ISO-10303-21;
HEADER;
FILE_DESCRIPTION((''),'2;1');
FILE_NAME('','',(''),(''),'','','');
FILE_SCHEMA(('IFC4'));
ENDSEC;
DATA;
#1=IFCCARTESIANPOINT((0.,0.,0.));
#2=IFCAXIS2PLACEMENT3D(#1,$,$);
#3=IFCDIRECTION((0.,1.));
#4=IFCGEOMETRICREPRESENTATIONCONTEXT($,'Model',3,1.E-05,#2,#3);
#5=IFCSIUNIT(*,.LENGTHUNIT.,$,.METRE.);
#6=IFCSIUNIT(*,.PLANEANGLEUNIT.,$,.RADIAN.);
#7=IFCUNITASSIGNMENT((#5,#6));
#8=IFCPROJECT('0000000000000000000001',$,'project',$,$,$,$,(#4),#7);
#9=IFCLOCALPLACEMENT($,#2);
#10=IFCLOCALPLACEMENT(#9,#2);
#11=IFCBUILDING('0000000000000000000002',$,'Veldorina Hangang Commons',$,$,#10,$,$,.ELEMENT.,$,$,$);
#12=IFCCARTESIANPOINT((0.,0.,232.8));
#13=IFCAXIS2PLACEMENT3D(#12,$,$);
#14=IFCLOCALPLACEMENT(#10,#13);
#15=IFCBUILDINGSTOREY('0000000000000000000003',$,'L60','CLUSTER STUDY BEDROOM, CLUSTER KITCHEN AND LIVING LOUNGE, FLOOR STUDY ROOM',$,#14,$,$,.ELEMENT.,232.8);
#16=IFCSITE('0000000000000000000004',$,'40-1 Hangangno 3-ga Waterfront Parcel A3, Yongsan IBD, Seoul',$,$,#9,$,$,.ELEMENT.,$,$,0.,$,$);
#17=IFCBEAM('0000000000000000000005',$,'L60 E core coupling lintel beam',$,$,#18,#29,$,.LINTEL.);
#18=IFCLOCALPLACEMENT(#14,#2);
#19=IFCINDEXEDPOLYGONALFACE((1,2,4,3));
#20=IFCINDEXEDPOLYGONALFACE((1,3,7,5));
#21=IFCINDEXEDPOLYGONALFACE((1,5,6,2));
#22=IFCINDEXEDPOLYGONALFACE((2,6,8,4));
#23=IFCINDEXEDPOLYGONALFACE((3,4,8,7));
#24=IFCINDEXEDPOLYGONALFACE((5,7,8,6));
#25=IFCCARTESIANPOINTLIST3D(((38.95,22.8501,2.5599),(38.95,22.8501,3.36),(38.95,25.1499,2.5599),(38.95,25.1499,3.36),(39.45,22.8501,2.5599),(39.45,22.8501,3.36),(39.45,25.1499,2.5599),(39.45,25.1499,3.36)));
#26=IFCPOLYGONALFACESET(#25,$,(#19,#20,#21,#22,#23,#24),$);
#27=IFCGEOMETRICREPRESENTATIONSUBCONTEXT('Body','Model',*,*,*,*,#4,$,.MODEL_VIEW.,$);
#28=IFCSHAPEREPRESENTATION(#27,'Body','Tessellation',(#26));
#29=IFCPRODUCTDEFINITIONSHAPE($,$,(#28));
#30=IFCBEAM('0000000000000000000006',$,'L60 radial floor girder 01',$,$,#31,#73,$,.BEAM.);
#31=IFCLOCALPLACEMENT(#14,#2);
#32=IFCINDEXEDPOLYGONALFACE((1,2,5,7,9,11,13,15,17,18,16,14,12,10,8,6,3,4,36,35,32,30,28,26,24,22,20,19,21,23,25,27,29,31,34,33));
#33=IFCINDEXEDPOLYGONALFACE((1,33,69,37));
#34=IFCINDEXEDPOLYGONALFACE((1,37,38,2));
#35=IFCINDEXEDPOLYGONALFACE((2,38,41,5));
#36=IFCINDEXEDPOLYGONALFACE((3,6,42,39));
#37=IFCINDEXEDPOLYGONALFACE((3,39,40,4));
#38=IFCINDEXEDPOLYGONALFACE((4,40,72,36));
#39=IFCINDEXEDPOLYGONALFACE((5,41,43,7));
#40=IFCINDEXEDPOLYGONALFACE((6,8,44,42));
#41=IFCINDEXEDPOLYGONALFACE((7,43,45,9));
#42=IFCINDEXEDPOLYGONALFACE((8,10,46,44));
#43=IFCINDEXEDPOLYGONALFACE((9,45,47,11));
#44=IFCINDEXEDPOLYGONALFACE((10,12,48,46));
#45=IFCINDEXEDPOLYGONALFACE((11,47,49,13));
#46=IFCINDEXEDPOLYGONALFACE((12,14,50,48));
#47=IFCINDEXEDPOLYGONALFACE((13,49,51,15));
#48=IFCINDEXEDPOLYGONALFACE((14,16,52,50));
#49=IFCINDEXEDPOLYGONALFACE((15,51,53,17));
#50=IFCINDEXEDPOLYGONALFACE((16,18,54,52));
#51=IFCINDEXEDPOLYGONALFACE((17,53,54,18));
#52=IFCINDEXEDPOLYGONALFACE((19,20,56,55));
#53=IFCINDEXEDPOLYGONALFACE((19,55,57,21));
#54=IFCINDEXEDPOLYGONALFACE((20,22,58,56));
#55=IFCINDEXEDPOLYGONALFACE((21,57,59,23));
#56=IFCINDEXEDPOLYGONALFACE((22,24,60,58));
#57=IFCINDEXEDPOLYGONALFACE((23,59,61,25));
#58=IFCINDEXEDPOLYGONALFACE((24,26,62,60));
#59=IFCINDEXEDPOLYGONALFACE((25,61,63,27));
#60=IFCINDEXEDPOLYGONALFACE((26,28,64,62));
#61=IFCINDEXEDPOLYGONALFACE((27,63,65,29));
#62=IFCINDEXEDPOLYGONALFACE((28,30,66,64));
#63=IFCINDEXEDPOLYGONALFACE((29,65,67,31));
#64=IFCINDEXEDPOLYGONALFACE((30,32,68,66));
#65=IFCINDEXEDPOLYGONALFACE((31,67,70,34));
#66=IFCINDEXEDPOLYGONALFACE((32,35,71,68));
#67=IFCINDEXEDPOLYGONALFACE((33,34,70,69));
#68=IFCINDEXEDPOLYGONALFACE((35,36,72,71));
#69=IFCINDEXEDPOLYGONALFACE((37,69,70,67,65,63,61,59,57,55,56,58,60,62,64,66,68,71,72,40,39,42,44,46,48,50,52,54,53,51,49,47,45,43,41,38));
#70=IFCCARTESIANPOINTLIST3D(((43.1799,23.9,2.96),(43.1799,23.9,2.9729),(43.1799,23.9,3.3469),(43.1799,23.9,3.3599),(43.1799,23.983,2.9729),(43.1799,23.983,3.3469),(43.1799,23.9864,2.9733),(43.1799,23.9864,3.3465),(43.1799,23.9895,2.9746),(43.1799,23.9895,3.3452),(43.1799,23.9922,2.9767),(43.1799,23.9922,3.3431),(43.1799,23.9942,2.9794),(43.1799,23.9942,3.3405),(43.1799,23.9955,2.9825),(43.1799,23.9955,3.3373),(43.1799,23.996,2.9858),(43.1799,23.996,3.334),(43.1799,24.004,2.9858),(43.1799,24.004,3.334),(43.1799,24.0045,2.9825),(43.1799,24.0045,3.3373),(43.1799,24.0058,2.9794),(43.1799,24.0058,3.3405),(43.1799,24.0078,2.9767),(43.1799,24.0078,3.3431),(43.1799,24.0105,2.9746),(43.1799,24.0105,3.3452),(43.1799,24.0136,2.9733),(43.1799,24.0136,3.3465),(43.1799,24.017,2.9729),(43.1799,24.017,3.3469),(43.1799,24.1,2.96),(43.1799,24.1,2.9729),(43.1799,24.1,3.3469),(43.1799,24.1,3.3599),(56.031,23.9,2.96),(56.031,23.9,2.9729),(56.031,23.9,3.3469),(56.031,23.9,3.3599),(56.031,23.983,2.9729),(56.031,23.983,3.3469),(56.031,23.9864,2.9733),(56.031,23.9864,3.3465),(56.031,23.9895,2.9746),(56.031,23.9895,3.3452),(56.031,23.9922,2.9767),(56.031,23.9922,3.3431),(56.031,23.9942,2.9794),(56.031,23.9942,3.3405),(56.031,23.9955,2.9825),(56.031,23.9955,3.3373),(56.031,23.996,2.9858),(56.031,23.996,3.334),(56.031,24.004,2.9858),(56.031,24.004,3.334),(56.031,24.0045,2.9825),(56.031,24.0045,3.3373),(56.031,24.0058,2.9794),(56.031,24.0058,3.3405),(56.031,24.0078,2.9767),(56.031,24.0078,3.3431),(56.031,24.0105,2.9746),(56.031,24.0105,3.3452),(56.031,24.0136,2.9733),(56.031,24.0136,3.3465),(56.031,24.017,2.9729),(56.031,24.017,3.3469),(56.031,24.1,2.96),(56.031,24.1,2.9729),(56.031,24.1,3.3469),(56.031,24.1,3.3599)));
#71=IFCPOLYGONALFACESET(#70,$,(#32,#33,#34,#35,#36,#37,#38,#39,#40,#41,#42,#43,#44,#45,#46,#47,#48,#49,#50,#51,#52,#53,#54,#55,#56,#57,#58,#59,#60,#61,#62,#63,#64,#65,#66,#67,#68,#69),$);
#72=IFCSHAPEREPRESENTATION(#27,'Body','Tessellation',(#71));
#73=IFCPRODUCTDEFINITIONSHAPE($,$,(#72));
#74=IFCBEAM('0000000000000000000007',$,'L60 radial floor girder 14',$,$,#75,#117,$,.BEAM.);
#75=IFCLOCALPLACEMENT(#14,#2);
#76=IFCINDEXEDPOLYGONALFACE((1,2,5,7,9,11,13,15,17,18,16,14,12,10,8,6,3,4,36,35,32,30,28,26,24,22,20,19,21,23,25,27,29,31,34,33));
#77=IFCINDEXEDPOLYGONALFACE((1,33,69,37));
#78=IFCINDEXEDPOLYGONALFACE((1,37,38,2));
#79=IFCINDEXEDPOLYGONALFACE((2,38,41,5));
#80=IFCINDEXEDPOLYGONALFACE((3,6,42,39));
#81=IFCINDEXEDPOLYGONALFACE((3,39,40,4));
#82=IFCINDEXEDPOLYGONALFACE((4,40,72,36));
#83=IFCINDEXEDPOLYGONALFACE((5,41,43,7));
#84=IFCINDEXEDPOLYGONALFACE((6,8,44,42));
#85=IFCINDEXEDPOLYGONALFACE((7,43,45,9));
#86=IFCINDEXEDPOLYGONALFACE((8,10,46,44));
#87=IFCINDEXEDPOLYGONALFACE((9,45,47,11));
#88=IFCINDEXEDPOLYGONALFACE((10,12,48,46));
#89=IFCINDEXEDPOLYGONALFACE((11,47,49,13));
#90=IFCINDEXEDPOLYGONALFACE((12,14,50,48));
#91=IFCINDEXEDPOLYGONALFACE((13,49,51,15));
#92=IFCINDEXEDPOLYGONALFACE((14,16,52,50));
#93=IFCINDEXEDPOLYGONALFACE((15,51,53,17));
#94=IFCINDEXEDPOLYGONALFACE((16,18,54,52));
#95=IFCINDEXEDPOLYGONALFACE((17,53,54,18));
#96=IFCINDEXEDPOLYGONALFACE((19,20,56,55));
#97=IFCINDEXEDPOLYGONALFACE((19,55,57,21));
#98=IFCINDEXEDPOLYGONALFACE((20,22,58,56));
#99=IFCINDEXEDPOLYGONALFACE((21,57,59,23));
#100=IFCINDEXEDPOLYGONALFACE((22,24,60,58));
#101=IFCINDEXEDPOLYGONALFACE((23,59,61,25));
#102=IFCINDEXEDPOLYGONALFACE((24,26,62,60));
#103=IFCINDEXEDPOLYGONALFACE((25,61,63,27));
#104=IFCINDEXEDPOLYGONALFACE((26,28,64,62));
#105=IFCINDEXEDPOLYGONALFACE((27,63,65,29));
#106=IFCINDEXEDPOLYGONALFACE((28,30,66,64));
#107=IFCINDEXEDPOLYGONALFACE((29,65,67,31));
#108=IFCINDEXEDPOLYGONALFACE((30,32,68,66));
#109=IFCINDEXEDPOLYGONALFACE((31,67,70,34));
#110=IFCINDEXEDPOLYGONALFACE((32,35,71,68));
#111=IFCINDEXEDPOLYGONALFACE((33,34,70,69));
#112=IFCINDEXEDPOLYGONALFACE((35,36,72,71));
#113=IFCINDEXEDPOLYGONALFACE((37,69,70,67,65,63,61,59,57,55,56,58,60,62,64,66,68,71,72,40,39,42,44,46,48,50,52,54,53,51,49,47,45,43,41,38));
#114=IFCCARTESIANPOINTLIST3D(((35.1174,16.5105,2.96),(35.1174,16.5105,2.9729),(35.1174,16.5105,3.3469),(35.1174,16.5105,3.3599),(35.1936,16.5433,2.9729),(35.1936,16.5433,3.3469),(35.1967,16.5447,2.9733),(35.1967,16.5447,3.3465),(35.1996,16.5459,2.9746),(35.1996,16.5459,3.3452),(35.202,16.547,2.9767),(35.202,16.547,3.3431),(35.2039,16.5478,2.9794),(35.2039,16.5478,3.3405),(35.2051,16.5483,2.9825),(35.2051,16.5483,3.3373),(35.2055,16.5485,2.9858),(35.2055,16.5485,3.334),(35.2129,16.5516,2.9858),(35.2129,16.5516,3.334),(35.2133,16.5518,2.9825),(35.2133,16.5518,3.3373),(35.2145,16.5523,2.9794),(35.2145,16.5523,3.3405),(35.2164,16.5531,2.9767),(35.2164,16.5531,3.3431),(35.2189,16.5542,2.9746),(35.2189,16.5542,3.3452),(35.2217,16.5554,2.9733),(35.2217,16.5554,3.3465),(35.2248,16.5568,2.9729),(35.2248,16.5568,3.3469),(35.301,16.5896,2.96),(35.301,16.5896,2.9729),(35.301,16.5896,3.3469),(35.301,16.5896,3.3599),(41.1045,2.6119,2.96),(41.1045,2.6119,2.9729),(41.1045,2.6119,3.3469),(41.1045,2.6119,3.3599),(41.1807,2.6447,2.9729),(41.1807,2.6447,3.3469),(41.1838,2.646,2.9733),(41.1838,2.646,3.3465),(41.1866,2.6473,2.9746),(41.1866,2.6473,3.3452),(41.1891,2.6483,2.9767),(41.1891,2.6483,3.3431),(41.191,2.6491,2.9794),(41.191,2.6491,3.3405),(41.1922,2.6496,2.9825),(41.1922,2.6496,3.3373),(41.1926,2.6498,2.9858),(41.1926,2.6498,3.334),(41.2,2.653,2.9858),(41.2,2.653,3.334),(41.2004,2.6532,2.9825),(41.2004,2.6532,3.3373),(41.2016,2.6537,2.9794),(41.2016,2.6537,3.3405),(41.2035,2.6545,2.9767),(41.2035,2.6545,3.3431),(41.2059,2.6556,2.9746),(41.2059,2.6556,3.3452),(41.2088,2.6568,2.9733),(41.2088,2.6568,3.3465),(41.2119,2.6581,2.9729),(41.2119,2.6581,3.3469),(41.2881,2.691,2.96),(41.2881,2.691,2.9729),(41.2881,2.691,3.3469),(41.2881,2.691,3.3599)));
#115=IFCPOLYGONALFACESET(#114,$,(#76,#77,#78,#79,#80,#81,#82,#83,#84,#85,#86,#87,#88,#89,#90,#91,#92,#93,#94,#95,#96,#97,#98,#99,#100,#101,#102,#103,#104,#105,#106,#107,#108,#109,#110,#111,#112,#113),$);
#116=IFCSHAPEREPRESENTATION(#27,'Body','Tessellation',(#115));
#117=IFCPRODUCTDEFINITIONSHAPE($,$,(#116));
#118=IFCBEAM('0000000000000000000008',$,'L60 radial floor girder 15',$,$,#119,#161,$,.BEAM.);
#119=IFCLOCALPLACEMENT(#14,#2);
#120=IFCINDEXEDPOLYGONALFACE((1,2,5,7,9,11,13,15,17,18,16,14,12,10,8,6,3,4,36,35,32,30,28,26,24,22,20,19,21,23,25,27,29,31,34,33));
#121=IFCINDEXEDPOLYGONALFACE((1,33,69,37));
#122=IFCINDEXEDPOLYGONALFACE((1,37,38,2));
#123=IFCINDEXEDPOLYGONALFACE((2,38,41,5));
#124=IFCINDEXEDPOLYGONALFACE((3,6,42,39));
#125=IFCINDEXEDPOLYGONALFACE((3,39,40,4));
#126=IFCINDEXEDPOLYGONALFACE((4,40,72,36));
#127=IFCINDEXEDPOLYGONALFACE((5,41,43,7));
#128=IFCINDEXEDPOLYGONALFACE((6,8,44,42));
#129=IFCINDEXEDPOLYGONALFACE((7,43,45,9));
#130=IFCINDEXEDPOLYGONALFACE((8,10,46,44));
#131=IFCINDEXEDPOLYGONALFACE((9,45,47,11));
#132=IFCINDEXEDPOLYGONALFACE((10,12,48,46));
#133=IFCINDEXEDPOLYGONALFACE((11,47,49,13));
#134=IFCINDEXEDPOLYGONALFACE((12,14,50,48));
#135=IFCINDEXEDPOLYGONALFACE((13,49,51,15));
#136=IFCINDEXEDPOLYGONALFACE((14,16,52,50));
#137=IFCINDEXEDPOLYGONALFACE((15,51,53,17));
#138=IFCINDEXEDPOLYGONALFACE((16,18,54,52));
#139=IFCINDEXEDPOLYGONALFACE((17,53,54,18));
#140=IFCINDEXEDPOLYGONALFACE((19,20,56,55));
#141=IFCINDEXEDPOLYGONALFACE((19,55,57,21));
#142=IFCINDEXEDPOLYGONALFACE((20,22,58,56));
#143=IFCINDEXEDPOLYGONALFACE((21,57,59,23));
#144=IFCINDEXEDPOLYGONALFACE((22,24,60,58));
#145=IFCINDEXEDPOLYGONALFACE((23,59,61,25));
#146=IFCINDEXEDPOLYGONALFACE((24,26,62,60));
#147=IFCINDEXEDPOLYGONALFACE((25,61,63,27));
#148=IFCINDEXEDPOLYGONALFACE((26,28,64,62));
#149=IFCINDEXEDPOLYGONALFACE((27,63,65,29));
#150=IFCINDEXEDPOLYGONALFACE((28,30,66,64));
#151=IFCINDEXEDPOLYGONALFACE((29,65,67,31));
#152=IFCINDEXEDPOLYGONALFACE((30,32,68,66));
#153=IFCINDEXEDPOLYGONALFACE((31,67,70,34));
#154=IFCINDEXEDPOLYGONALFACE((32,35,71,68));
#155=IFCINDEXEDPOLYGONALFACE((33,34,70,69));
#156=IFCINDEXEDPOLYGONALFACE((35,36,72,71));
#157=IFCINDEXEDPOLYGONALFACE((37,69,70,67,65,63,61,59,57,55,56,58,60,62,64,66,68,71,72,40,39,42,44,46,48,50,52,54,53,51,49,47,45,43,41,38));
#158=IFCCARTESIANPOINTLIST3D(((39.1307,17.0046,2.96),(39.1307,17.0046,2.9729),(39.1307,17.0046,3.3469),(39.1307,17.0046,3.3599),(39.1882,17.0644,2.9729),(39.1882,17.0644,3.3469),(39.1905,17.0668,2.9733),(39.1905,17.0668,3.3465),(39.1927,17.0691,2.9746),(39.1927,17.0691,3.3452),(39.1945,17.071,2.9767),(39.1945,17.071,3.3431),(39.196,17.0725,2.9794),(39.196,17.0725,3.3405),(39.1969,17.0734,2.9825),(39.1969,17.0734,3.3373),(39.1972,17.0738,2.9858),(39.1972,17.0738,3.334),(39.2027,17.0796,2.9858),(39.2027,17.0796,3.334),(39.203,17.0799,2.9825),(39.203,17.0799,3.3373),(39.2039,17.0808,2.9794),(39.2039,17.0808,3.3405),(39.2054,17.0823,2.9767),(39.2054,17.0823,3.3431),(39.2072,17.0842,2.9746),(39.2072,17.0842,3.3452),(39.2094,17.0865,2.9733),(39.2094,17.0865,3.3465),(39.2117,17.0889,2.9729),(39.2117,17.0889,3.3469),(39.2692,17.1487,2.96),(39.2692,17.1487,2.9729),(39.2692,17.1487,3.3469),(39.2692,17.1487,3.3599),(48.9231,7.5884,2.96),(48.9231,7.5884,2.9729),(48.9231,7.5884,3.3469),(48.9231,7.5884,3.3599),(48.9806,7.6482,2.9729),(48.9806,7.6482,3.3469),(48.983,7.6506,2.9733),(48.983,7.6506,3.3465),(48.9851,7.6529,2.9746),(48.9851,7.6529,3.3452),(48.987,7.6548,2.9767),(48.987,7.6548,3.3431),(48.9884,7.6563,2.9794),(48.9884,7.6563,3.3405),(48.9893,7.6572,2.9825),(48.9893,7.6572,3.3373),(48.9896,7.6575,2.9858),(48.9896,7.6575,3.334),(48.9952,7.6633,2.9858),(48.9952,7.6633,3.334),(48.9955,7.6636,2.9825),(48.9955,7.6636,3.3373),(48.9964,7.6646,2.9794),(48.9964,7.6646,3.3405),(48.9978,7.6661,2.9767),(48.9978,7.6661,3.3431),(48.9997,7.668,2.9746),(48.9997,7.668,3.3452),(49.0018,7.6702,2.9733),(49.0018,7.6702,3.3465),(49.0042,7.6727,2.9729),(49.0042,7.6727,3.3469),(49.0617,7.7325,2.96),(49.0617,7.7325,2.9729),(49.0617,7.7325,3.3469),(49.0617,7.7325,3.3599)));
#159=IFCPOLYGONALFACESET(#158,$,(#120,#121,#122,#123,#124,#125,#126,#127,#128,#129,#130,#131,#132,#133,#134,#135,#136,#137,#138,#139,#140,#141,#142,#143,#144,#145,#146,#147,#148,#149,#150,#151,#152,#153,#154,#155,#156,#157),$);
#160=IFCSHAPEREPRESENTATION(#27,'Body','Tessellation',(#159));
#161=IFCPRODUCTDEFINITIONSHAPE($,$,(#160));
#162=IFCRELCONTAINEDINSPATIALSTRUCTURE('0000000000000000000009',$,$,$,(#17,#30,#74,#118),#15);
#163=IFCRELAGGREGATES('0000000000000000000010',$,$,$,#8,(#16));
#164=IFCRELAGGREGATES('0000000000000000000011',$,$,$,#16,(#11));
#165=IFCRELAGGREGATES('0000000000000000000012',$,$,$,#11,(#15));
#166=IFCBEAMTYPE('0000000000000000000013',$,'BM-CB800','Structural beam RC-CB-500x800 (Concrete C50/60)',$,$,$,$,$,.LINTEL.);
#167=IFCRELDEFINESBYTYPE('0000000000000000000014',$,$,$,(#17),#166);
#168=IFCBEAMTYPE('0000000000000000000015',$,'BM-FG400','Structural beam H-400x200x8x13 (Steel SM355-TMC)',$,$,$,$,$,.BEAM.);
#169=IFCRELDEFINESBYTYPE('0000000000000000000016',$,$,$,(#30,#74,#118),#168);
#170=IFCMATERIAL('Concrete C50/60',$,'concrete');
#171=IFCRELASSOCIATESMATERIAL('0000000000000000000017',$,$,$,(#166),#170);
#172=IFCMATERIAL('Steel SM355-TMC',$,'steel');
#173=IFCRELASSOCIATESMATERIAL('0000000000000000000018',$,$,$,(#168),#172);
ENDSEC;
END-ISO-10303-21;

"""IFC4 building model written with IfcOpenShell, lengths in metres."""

from ifc_helpers import new_model, si_unit, direction, frame, origin, origin_2d, place, context, subcontext, project, spatial, rectangle, i_section, extrude, material, material_profile, profile_set, type_object, element, save


model = new_model("IFC4")

# Units and contexts
model_context = context("Model", 3, precision=1e-05, world=origin(), true_north=direction((0.0, 1.0)))
body_context = subcontext(model_context, "Body", "Model", "MODEL_VIEW")
ifc_project = project(units=[si_unit("LENGTHUNIT", "METRE"), si_unit("PLANEANGLEUNIT", "RADIAN")], contexts=[model_context])

# Site, building, storey
site_placement = place(None, origin())
site = spatial("IfcSite", under=ifc_project, at=site_placement, Name="40-1 Hangangno 3-ga Waterfront Parcel A3, Yongsan IBD, Seoul", CompositionType="ELEMENT", RefElevation=0.0)
building_placement = place(site_placement, origin())
building = spatial("IfcBuilding", under=site, at=building_placement, Name="Veldorina Hangang Commons", CompositionType="ELEMENT")
storey_placement = place(building_placement, frame((0.0, 0.0, 232.8)))
storey = spatial("IfcBuildingStorey", under=building, at=storey_placement, Name="L60", Description="CLUSTER STUDY BEDROOM, CLUSTER KITCHEN AND LIVING LOUNGE, FLOOR STUDY ROOM", CompositionType="ELEMENT", Elevation=232.8)

# Beams
ifc_material_1 = material(Name="Concrete C50/60", Category="concrete")
ifc_material_profile_1 = material_profile(ifc_material_1, rectangle(XDim=0.5, YDim=0.8, at=origin_2d()), Name="RC-CB-500x800")
ifc_profile_set_1 = profile_set([ifc_material_profile_1], Name="Concrete C50/60")
beam_type_1 = type_object("IfcBeamType", Name="BM-CB800", Description="Structural beam RC-CB-500x800 (Concrete C50/60)", PredefinedType="LINTEL", material=ifc_profile_set_1)
beam_1_placement = place(storey_placement, frame((39.2, 22.8501, 2.96), z_axis=(0.0, 1.0, 0.0), x_axis=(-1.0, 0.0, 0.0)))
element("IfcBeam", 1, at=beam_1_placement, inside=storey, type_object=beam_type_1, Name="L60 E core coupling lintel beam", PredefinedType="LINTEL", context=body_context, shape_type="SweptSolid", body=[
    extrude(rectangle(XDim=0.5, YDim=0.8, at=origin_2d()), origin(), (0.0, 0.0, 1.0), 2.2998),
])
ifc_material_2 = material(Name="Steel SM355-TMC", Category="steel")
ifc_material_profile_2 = material_profile(ifc_material_2, i_section(OverallWidth=0.2, OverallDepth=0.3999, WebThickness=0.0081, FlangeThickness=0.0129, FilletRadius=0.0129, at=origin_2d()), Name="H-400x200x8x13")
ifc_profile_set_2 = profile_set([ifc_material_profile_2], Name="Steel SM355-TMC")
beam_type_2 = type_object("IfcBeamType", Name="BM-FG400", Description="Structural beam H-400x200x8x13 (Steel SM355-TMC)", PredefinedType="BEAM", material=ifc_profile_set_2)
beam_2_placement = place(storey_placement, frame((43.1799, 24.0, 3.1599), z_axis=(1.0, 0.0, 0.0), x_axis=(0.0, 1.0, 0.0)))
element("IfcBeam", 2, at=beam_2_placement, inside=storey, type_object=beam_type_2, Name="L60 radial floor girder 01", PredefinedType="BEAM", context=body_context, shape_type="SweptSolid", body=[
    extrude(i_section(OverallWidth=0.2, OverallDepth=0.3999, WebThickness=0.0081, FlangeThickness=0.0129, FilletRadius=0.0129, at=origin_2d()), origin(), (0.0, 0.0, 1.0), 12.8511),
])
beam_3_placement = place(storey_placement, frame((35.2092, 16.55, 3.1599), z_axis=(0.39562, -0.918414, 0.0), x_axis=(0.918414, 0.39562, 0.0)))
element("IfcBeam", 3, at=beam_3_placement, inside=storey, type_object=beam_type_2, Name="L60 radial floor girder 14", PredefinedType="BEAM", context=body_context, shape_type="SweptSolid", body=[
    extrude(i_section(OverallWidth=0.2, OverallDepth=0.3999, WebThickness=0.0081, FlangeThickness=0.0129, FilletRadius=0.0129, at=origin_2d()), origin(), (0.0, 0.0, 1.0), 15.1333),
])
beam_4_placement = place(storey_placement, frame((39.2, 17.0767, 3.1599), z_axis=(0.720818, -0.693125, 0.0), x_axis=(0.693125, 0.720818, 0.0)))
element("IfcBeam", 4, at=beam_4_placement, inside=storey, type_object=beam_type_2, Name="L60 radial floor girder 15", PredefinedType="BEAM", context=body_context, shape_type="SweptSolid", body=[
    extrude(i_section(OverallWidth=0.2, OverallDepth=0.3999, WebThickness=0.0081, FlangeThickness=0.0129, FilletRadius=0.0129, at=origin_2d()), origin(), (0.0, 0.0, 1.0), 13.5852),
])

save(model, "model.ifc")
